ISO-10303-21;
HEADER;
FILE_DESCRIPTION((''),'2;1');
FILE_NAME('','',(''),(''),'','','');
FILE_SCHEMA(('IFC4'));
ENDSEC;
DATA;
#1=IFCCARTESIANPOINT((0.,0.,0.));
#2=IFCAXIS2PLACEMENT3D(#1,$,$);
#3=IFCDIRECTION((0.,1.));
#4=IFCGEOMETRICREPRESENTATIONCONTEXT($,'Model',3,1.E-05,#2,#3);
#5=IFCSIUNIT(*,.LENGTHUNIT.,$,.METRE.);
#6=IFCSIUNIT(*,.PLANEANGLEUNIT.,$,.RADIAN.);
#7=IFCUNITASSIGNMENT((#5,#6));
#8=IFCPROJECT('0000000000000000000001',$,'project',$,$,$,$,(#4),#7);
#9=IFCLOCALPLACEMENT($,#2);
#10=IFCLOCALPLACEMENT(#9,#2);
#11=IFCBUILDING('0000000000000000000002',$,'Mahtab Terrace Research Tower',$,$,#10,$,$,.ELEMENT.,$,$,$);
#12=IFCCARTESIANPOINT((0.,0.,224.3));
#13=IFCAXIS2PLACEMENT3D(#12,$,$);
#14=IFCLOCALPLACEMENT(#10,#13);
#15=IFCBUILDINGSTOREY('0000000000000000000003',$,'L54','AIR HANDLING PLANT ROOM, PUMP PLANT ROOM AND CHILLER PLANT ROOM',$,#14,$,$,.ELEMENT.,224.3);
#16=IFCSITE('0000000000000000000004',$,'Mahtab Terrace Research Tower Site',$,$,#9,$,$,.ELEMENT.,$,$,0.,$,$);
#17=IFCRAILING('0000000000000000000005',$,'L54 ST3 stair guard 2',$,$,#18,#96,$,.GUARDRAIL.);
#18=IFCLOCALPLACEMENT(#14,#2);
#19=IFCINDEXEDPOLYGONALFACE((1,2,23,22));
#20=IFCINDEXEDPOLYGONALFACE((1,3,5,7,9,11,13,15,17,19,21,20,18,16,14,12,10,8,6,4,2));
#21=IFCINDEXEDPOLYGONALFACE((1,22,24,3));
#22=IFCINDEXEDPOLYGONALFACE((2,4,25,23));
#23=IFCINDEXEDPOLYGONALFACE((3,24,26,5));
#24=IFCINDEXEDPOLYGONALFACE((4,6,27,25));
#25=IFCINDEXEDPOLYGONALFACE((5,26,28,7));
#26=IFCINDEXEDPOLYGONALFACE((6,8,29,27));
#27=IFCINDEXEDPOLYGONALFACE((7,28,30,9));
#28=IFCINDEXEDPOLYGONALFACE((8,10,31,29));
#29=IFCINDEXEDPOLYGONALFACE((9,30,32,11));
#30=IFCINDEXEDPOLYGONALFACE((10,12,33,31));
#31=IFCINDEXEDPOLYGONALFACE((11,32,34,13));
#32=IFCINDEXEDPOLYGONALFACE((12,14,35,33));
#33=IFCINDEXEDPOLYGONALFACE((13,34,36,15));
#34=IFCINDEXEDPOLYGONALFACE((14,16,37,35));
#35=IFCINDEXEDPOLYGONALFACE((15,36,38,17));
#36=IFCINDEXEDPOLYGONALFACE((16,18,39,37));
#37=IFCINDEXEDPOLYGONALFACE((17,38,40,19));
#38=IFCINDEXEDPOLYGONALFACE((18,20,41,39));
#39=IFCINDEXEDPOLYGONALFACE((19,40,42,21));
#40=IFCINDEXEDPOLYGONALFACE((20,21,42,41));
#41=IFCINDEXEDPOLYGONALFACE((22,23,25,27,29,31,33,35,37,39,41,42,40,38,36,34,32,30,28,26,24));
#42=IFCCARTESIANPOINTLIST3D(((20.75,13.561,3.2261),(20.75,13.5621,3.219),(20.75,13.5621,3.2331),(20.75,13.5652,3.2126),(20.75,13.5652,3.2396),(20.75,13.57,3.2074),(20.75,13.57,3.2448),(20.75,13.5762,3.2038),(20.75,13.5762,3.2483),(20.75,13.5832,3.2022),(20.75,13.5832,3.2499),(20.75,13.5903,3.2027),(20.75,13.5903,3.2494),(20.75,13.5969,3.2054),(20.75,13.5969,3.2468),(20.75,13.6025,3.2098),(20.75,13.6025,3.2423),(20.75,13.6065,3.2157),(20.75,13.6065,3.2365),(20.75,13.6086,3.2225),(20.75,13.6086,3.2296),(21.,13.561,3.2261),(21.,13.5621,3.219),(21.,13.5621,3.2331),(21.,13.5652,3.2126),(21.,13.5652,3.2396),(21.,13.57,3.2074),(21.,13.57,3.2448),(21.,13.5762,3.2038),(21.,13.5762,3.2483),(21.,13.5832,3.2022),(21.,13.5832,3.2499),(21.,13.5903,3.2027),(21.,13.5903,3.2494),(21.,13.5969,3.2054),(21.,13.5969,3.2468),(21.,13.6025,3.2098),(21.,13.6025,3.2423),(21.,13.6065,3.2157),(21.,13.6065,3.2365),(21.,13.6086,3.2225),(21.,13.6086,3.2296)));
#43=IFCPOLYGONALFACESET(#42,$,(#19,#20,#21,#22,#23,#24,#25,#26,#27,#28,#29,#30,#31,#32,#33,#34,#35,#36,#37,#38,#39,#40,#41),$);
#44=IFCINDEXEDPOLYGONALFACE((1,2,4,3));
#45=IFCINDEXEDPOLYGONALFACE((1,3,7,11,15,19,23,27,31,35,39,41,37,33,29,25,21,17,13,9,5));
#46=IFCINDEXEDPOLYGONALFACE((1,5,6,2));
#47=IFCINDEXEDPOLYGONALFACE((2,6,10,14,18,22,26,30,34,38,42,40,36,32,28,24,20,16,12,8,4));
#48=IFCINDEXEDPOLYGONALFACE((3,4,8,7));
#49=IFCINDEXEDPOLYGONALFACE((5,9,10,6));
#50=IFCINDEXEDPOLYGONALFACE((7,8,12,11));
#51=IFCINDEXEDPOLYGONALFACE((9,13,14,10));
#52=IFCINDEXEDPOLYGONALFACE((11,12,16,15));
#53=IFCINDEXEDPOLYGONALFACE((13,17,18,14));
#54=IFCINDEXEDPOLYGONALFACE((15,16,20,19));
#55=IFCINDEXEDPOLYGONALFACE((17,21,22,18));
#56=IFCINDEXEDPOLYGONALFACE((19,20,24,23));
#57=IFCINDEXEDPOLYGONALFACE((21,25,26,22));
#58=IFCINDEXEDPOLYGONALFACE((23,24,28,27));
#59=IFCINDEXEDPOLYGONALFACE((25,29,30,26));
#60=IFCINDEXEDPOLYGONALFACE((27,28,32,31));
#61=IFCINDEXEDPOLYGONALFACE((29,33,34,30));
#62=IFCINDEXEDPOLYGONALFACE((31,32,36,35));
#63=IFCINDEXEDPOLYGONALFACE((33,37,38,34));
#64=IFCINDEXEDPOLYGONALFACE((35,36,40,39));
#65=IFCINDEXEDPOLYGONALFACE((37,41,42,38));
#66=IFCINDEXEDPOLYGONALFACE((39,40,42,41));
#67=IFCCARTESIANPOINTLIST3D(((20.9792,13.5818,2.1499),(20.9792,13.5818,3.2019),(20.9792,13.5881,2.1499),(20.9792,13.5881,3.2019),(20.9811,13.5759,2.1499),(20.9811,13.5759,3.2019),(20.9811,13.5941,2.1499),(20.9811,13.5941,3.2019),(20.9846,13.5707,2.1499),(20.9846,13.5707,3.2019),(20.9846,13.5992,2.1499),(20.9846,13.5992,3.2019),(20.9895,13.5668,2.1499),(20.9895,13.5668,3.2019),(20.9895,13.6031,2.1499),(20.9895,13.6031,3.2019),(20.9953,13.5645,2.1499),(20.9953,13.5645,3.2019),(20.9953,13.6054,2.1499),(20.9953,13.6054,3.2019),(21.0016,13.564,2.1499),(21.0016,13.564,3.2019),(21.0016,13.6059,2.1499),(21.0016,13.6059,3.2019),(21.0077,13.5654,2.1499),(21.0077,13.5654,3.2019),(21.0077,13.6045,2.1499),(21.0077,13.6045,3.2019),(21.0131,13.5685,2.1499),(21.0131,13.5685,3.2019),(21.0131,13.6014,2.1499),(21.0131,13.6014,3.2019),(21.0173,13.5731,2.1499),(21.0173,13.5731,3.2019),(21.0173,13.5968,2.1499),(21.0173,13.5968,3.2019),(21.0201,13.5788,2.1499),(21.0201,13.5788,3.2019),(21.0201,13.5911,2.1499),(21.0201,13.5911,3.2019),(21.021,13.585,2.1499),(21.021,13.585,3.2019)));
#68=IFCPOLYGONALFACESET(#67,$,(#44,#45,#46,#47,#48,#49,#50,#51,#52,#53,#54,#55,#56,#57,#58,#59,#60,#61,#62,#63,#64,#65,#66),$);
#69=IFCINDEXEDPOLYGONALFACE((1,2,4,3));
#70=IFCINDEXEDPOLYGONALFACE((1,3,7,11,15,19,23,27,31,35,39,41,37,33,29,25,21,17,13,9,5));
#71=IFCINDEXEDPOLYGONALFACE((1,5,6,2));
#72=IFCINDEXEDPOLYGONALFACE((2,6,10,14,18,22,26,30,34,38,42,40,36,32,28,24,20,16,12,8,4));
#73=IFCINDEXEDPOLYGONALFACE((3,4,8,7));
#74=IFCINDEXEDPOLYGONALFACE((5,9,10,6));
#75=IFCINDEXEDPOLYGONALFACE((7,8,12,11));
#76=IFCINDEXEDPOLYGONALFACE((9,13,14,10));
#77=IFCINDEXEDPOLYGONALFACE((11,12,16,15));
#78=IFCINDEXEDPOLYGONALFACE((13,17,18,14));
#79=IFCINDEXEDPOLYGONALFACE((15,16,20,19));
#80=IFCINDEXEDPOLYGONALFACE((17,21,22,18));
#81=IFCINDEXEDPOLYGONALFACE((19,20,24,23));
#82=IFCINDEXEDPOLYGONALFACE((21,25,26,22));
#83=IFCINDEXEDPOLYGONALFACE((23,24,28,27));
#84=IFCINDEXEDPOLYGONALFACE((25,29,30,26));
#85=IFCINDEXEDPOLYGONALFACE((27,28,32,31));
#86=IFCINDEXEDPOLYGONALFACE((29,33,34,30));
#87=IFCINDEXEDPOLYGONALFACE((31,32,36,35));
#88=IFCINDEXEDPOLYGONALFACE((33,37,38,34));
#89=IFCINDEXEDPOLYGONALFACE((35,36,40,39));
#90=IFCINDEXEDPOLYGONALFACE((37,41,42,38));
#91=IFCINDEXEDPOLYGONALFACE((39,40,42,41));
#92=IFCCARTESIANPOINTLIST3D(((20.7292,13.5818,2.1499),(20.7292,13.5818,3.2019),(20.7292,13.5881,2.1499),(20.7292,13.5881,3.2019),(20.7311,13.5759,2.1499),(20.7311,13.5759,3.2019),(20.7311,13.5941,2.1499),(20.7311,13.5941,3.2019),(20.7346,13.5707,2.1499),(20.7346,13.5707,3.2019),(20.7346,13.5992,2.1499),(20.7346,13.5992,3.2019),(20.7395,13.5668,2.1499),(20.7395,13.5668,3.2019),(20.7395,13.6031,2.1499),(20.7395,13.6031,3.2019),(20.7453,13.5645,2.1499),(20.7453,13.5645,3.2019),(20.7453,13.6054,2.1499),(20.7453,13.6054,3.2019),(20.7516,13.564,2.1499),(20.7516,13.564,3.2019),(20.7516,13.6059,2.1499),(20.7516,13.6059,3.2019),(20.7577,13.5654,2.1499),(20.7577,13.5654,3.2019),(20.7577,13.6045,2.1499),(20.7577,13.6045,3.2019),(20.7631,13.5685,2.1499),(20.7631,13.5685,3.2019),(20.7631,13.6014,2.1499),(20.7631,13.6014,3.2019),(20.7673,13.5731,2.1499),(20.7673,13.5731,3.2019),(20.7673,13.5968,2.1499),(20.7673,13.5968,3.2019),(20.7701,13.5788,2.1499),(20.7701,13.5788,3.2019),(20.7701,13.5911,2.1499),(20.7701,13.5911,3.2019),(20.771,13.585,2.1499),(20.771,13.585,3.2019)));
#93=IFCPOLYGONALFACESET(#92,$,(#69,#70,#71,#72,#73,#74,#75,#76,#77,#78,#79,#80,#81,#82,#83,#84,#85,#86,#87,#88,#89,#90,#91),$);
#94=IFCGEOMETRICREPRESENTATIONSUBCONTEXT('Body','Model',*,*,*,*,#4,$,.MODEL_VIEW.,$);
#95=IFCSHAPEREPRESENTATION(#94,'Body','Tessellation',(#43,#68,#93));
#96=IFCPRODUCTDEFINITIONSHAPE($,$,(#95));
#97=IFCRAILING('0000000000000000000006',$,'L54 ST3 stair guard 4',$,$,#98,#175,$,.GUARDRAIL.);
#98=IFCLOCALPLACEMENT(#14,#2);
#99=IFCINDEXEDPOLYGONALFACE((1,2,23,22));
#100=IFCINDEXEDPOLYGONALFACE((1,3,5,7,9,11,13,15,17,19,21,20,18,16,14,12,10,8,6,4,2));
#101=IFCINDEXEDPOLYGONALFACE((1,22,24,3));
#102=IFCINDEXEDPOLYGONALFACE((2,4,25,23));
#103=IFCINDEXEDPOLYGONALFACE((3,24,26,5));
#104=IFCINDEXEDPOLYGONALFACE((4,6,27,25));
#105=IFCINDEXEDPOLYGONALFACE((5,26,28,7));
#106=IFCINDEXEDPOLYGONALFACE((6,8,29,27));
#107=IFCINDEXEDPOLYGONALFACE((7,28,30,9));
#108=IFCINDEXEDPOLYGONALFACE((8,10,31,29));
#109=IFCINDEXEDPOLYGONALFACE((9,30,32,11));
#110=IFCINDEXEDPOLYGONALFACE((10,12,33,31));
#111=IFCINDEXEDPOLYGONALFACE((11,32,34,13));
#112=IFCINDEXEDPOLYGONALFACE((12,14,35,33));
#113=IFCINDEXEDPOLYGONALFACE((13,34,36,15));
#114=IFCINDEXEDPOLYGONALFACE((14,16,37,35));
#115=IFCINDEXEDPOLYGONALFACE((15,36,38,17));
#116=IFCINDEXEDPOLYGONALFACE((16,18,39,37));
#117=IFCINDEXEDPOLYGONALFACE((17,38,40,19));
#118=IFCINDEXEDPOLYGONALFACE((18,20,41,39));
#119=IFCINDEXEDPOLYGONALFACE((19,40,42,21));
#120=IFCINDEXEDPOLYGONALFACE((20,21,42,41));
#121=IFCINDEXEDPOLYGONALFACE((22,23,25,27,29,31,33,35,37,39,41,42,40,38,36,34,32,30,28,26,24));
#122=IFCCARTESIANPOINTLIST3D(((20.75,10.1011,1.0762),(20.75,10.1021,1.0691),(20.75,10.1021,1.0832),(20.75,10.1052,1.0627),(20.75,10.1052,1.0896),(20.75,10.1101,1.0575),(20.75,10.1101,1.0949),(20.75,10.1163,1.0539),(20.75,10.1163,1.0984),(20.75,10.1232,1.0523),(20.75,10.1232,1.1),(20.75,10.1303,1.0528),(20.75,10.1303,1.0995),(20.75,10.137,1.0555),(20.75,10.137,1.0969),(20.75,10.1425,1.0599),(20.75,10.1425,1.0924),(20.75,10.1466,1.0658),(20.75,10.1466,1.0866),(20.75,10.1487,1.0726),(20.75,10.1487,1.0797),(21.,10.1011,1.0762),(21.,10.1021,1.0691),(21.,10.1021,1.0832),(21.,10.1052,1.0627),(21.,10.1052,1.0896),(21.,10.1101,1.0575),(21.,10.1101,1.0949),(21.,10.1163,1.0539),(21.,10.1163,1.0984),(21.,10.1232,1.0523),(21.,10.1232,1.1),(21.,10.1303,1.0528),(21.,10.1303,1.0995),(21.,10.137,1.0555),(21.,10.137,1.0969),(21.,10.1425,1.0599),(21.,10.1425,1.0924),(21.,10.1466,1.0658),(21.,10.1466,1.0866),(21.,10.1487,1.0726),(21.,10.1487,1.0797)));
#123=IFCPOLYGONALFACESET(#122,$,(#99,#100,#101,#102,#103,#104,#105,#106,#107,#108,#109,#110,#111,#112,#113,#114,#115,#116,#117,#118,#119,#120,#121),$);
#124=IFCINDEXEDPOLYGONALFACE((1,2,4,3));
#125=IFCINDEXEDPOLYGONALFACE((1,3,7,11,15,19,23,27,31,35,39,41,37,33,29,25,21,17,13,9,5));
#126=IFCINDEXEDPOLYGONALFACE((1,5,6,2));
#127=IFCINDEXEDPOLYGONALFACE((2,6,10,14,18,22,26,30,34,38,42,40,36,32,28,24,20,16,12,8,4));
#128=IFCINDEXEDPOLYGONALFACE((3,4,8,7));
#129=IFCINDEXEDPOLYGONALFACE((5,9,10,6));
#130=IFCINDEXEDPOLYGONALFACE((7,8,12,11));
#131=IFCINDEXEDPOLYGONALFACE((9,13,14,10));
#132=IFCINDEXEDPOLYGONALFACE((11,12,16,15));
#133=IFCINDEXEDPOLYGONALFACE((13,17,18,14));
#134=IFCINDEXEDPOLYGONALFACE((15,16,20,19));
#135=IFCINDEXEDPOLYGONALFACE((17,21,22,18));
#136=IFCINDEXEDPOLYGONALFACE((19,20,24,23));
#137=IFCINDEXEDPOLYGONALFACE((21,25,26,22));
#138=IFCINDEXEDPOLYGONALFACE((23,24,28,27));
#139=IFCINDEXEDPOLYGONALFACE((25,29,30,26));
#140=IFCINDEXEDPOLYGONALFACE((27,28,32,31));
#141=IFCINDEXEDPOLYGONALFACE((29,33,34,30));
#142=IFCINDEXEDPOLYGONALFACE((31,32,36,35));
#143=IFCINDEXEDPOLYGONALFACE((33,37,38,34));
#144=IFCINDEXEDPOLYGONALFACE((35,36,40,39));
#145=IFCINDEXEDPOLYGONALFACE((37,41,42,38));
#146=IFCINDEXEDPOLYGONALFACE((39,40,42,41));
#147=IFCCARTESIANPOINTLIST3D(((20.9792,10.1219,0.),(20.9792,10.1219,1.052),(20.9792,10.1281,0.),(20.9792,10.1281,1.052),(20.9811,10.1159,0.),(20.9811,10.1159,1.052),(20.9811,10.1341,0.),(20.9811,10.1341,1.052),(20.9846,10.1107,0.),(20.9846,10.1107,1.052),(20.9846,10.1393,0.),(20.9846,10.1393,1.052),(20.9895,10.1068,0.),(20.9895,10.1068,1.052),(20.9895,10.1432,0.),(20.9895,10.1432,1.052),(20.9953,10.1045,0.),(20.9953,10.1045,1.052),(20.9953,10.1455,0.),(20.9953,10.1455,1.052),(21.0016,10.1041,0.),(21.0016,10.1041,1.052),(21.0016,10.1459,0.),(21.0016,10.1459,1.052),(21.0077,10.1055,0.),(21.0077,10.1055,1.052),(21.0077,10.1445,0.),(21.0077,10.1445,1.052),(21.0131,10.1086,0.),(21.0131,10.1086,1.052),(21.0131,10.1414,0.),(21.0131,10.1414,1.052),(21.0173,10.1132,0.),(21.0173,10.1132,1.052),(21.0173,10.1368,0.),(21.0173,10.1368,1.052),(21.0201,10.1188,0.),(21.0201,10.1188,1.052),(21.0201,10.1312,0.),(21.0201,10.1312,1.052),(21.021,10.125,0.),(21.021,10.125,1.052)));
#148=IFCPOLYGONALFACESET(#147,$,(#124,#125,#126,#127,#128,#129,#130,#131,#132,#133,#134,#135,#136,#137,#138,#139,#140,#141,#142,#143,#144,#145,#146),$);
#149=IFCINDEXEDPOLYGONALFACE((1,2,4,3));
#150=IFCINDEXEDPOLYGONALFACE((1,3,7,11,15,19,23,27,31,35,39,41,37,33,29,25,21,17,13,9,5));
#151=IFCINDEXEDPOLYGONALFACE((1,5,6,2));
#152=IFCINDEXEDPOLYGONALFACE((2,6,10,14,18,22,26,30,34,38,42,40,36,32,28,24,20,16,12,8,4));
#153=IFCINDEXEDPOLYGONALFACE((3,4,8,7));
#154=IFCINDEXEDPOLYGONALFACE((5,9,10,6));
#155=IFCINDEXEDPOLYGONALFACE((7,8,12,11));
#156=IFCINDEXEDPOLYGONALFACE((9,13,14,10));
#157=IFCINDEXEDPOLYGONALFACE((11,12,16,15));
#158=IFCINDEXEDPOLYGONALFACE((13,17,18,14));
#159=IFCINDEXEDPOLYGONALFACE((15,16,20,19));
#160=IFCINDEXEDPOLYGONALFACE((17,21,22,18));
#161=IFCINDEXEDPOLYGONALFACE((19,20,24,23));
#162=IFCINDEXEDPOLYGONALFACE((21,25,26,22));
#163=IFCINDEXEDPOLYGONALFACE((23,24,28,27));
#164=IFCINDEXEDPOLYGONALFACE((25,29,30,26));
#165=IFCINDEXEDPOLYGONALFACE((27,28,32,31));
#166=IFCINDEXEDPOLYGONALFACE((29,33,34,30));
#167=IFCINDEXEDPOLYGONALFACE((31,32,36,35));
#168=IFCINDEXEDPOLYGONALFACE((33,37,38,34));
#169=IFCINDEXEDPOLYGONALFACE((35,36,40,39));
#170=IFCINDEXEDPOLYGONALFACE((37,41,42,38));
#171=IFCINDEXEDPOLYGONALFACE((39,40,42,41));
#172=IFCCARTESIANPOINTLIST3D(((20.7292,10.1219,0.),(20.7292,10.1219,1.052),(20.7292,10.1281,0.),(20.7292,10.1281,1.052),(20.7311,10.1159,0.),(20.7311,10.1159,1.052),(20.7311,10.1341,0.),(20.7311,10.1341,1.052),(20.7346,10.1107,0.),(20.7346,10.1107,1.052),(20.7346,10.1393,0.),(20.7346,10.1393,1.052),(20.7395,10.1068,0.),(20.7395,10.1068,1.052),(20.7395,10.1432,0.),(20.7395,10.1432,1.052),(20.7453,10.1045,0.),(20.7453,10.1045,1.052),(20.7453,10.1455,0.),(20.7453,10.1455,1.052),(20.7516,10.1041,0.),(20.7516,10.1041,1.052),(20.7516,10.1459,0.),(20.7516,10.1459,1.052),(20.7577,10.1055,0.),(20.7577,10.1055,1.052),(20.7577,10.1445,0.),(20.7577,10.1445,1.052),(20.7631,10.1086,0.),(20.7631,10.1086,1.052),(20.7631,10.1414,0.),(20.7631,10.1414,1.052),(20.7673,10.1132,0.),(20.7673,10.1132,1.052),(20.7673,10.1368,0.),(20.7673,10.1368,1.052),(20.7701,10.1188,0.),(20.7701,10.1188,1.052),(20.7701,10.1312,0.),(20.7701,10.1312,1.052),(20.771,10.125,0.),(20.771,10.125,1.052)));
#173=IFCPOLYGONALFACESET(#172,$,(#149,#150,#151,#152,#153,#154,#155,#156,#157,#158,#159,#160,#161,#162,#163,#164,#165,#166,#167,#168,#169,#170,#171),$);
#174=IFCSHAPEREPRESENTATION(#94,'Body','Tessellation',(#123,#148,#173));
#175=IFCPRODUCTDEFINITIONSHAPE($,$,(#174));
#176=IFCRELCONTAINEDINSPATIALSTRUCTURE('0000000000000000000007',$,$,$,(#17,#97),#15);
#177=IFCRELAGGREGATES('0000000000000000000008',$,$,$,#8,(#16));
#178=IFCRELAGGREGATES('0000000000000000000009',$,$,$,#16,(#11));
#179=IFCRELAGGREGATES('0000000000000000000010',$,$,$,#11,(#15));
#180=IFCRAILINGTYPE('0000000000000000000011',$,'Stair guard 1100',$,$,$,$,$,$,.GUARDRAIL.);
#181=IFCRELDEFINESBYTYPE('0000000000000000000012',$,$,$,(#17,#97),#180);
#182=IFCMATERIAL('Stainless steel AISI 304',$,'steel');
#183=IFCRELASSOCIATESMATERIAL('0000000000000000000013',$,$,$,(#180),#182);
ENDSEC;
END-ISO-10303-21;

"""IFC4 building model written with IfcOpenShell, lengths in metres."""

from ifc_helpers import new_model, si_unit, direction, frame, origin, origin_2d, place, context, subcontext, project, spatial, circle, extrude, material, type_object, element, save


model = new_model("IFC4")

# Units and contexts
model_context = context("Model", 3, precision=1e-05, world=origin(), true_north=direction((0.0, 1.0)))
body_context = subcontext(model_context, "Body", "Model", "MODEL_VIEW")
ifc_project = project(units=[si_unit("LENGTHUNIT", "METRE"), si_unit("PLANEANGLEUNIT", "RADIAN")], contexts=[model_context])

# Site, building, storey
site_placement = place(None, origin())
site = spatial("IfcSite", under=ifc_project, at=site_placement, Name="Mahtab Terrace Research Tower Site", CompositionType="ELEMENT", RefElevation=0.0)
building_placement = place(site_placement, origin())
building = spatial("IfcBuilding", under=site, at=building_placement, Name="Mahtab Terrace Research Tower", CompositionType="ELEMENT")
storey_placement = place(building_placement, frame((0.0, 0.0, 224.3)))
storey = spatial("IfcBuildingStorey", under=building, at=storey_placement, Name="L54", Description="AIR HANDLING PLANT ROOM, PUMP PLANT ROOM AND CHILLER PLANT ROOM", CompositionType="ELEMENT", Elevation=224.3)

# Shared definitions
ifc_material_1 = material(Name="Stainless steel AISI 304", Category="steel")

# Railings
railing_type_1 = type_object("IfcRailingType", Name="Stair guard 1100", PredefinedType="GUARDRAIL", material=ifc_material_1)
for number, where, name in (
    (1, (21.0, 13.585, 2.1499), "L54 ST3 stair guard 2"),
    (2, (21.0, 10.125, 0.0), "L54 ST3 stair guard 4"),
):
    element("IfcRailing", number, at=place(storey_placement, frame(where)), inside=storey, type_object=railing_type_1, Name=name, PredefinedType="GUARDRAIL", context=body_context, shape_type="SweptSolid", body=[
        extrude(circle(Radius=0.0239, at=origin_2d()), frame((0.0, 0.0, 1.0762), z_axis=(-1.0, 0.0, 0.0), x_axis=(0.0, -1.0, 0.0)), (0.0, 0.0, 1.0), 0.25),
        extrude(circle(Radius=0.021, at=origin_2d()), origin(), (0.0, 0.0, 1.0), 1.052),
        extrude(circle(Radius=0.021, at=origin_2d()), frame((-0.25, 0.0, 0.0)), (0.0, 0.0, 1.0), 1.052),
    ])

save(model, "model.ifc")
